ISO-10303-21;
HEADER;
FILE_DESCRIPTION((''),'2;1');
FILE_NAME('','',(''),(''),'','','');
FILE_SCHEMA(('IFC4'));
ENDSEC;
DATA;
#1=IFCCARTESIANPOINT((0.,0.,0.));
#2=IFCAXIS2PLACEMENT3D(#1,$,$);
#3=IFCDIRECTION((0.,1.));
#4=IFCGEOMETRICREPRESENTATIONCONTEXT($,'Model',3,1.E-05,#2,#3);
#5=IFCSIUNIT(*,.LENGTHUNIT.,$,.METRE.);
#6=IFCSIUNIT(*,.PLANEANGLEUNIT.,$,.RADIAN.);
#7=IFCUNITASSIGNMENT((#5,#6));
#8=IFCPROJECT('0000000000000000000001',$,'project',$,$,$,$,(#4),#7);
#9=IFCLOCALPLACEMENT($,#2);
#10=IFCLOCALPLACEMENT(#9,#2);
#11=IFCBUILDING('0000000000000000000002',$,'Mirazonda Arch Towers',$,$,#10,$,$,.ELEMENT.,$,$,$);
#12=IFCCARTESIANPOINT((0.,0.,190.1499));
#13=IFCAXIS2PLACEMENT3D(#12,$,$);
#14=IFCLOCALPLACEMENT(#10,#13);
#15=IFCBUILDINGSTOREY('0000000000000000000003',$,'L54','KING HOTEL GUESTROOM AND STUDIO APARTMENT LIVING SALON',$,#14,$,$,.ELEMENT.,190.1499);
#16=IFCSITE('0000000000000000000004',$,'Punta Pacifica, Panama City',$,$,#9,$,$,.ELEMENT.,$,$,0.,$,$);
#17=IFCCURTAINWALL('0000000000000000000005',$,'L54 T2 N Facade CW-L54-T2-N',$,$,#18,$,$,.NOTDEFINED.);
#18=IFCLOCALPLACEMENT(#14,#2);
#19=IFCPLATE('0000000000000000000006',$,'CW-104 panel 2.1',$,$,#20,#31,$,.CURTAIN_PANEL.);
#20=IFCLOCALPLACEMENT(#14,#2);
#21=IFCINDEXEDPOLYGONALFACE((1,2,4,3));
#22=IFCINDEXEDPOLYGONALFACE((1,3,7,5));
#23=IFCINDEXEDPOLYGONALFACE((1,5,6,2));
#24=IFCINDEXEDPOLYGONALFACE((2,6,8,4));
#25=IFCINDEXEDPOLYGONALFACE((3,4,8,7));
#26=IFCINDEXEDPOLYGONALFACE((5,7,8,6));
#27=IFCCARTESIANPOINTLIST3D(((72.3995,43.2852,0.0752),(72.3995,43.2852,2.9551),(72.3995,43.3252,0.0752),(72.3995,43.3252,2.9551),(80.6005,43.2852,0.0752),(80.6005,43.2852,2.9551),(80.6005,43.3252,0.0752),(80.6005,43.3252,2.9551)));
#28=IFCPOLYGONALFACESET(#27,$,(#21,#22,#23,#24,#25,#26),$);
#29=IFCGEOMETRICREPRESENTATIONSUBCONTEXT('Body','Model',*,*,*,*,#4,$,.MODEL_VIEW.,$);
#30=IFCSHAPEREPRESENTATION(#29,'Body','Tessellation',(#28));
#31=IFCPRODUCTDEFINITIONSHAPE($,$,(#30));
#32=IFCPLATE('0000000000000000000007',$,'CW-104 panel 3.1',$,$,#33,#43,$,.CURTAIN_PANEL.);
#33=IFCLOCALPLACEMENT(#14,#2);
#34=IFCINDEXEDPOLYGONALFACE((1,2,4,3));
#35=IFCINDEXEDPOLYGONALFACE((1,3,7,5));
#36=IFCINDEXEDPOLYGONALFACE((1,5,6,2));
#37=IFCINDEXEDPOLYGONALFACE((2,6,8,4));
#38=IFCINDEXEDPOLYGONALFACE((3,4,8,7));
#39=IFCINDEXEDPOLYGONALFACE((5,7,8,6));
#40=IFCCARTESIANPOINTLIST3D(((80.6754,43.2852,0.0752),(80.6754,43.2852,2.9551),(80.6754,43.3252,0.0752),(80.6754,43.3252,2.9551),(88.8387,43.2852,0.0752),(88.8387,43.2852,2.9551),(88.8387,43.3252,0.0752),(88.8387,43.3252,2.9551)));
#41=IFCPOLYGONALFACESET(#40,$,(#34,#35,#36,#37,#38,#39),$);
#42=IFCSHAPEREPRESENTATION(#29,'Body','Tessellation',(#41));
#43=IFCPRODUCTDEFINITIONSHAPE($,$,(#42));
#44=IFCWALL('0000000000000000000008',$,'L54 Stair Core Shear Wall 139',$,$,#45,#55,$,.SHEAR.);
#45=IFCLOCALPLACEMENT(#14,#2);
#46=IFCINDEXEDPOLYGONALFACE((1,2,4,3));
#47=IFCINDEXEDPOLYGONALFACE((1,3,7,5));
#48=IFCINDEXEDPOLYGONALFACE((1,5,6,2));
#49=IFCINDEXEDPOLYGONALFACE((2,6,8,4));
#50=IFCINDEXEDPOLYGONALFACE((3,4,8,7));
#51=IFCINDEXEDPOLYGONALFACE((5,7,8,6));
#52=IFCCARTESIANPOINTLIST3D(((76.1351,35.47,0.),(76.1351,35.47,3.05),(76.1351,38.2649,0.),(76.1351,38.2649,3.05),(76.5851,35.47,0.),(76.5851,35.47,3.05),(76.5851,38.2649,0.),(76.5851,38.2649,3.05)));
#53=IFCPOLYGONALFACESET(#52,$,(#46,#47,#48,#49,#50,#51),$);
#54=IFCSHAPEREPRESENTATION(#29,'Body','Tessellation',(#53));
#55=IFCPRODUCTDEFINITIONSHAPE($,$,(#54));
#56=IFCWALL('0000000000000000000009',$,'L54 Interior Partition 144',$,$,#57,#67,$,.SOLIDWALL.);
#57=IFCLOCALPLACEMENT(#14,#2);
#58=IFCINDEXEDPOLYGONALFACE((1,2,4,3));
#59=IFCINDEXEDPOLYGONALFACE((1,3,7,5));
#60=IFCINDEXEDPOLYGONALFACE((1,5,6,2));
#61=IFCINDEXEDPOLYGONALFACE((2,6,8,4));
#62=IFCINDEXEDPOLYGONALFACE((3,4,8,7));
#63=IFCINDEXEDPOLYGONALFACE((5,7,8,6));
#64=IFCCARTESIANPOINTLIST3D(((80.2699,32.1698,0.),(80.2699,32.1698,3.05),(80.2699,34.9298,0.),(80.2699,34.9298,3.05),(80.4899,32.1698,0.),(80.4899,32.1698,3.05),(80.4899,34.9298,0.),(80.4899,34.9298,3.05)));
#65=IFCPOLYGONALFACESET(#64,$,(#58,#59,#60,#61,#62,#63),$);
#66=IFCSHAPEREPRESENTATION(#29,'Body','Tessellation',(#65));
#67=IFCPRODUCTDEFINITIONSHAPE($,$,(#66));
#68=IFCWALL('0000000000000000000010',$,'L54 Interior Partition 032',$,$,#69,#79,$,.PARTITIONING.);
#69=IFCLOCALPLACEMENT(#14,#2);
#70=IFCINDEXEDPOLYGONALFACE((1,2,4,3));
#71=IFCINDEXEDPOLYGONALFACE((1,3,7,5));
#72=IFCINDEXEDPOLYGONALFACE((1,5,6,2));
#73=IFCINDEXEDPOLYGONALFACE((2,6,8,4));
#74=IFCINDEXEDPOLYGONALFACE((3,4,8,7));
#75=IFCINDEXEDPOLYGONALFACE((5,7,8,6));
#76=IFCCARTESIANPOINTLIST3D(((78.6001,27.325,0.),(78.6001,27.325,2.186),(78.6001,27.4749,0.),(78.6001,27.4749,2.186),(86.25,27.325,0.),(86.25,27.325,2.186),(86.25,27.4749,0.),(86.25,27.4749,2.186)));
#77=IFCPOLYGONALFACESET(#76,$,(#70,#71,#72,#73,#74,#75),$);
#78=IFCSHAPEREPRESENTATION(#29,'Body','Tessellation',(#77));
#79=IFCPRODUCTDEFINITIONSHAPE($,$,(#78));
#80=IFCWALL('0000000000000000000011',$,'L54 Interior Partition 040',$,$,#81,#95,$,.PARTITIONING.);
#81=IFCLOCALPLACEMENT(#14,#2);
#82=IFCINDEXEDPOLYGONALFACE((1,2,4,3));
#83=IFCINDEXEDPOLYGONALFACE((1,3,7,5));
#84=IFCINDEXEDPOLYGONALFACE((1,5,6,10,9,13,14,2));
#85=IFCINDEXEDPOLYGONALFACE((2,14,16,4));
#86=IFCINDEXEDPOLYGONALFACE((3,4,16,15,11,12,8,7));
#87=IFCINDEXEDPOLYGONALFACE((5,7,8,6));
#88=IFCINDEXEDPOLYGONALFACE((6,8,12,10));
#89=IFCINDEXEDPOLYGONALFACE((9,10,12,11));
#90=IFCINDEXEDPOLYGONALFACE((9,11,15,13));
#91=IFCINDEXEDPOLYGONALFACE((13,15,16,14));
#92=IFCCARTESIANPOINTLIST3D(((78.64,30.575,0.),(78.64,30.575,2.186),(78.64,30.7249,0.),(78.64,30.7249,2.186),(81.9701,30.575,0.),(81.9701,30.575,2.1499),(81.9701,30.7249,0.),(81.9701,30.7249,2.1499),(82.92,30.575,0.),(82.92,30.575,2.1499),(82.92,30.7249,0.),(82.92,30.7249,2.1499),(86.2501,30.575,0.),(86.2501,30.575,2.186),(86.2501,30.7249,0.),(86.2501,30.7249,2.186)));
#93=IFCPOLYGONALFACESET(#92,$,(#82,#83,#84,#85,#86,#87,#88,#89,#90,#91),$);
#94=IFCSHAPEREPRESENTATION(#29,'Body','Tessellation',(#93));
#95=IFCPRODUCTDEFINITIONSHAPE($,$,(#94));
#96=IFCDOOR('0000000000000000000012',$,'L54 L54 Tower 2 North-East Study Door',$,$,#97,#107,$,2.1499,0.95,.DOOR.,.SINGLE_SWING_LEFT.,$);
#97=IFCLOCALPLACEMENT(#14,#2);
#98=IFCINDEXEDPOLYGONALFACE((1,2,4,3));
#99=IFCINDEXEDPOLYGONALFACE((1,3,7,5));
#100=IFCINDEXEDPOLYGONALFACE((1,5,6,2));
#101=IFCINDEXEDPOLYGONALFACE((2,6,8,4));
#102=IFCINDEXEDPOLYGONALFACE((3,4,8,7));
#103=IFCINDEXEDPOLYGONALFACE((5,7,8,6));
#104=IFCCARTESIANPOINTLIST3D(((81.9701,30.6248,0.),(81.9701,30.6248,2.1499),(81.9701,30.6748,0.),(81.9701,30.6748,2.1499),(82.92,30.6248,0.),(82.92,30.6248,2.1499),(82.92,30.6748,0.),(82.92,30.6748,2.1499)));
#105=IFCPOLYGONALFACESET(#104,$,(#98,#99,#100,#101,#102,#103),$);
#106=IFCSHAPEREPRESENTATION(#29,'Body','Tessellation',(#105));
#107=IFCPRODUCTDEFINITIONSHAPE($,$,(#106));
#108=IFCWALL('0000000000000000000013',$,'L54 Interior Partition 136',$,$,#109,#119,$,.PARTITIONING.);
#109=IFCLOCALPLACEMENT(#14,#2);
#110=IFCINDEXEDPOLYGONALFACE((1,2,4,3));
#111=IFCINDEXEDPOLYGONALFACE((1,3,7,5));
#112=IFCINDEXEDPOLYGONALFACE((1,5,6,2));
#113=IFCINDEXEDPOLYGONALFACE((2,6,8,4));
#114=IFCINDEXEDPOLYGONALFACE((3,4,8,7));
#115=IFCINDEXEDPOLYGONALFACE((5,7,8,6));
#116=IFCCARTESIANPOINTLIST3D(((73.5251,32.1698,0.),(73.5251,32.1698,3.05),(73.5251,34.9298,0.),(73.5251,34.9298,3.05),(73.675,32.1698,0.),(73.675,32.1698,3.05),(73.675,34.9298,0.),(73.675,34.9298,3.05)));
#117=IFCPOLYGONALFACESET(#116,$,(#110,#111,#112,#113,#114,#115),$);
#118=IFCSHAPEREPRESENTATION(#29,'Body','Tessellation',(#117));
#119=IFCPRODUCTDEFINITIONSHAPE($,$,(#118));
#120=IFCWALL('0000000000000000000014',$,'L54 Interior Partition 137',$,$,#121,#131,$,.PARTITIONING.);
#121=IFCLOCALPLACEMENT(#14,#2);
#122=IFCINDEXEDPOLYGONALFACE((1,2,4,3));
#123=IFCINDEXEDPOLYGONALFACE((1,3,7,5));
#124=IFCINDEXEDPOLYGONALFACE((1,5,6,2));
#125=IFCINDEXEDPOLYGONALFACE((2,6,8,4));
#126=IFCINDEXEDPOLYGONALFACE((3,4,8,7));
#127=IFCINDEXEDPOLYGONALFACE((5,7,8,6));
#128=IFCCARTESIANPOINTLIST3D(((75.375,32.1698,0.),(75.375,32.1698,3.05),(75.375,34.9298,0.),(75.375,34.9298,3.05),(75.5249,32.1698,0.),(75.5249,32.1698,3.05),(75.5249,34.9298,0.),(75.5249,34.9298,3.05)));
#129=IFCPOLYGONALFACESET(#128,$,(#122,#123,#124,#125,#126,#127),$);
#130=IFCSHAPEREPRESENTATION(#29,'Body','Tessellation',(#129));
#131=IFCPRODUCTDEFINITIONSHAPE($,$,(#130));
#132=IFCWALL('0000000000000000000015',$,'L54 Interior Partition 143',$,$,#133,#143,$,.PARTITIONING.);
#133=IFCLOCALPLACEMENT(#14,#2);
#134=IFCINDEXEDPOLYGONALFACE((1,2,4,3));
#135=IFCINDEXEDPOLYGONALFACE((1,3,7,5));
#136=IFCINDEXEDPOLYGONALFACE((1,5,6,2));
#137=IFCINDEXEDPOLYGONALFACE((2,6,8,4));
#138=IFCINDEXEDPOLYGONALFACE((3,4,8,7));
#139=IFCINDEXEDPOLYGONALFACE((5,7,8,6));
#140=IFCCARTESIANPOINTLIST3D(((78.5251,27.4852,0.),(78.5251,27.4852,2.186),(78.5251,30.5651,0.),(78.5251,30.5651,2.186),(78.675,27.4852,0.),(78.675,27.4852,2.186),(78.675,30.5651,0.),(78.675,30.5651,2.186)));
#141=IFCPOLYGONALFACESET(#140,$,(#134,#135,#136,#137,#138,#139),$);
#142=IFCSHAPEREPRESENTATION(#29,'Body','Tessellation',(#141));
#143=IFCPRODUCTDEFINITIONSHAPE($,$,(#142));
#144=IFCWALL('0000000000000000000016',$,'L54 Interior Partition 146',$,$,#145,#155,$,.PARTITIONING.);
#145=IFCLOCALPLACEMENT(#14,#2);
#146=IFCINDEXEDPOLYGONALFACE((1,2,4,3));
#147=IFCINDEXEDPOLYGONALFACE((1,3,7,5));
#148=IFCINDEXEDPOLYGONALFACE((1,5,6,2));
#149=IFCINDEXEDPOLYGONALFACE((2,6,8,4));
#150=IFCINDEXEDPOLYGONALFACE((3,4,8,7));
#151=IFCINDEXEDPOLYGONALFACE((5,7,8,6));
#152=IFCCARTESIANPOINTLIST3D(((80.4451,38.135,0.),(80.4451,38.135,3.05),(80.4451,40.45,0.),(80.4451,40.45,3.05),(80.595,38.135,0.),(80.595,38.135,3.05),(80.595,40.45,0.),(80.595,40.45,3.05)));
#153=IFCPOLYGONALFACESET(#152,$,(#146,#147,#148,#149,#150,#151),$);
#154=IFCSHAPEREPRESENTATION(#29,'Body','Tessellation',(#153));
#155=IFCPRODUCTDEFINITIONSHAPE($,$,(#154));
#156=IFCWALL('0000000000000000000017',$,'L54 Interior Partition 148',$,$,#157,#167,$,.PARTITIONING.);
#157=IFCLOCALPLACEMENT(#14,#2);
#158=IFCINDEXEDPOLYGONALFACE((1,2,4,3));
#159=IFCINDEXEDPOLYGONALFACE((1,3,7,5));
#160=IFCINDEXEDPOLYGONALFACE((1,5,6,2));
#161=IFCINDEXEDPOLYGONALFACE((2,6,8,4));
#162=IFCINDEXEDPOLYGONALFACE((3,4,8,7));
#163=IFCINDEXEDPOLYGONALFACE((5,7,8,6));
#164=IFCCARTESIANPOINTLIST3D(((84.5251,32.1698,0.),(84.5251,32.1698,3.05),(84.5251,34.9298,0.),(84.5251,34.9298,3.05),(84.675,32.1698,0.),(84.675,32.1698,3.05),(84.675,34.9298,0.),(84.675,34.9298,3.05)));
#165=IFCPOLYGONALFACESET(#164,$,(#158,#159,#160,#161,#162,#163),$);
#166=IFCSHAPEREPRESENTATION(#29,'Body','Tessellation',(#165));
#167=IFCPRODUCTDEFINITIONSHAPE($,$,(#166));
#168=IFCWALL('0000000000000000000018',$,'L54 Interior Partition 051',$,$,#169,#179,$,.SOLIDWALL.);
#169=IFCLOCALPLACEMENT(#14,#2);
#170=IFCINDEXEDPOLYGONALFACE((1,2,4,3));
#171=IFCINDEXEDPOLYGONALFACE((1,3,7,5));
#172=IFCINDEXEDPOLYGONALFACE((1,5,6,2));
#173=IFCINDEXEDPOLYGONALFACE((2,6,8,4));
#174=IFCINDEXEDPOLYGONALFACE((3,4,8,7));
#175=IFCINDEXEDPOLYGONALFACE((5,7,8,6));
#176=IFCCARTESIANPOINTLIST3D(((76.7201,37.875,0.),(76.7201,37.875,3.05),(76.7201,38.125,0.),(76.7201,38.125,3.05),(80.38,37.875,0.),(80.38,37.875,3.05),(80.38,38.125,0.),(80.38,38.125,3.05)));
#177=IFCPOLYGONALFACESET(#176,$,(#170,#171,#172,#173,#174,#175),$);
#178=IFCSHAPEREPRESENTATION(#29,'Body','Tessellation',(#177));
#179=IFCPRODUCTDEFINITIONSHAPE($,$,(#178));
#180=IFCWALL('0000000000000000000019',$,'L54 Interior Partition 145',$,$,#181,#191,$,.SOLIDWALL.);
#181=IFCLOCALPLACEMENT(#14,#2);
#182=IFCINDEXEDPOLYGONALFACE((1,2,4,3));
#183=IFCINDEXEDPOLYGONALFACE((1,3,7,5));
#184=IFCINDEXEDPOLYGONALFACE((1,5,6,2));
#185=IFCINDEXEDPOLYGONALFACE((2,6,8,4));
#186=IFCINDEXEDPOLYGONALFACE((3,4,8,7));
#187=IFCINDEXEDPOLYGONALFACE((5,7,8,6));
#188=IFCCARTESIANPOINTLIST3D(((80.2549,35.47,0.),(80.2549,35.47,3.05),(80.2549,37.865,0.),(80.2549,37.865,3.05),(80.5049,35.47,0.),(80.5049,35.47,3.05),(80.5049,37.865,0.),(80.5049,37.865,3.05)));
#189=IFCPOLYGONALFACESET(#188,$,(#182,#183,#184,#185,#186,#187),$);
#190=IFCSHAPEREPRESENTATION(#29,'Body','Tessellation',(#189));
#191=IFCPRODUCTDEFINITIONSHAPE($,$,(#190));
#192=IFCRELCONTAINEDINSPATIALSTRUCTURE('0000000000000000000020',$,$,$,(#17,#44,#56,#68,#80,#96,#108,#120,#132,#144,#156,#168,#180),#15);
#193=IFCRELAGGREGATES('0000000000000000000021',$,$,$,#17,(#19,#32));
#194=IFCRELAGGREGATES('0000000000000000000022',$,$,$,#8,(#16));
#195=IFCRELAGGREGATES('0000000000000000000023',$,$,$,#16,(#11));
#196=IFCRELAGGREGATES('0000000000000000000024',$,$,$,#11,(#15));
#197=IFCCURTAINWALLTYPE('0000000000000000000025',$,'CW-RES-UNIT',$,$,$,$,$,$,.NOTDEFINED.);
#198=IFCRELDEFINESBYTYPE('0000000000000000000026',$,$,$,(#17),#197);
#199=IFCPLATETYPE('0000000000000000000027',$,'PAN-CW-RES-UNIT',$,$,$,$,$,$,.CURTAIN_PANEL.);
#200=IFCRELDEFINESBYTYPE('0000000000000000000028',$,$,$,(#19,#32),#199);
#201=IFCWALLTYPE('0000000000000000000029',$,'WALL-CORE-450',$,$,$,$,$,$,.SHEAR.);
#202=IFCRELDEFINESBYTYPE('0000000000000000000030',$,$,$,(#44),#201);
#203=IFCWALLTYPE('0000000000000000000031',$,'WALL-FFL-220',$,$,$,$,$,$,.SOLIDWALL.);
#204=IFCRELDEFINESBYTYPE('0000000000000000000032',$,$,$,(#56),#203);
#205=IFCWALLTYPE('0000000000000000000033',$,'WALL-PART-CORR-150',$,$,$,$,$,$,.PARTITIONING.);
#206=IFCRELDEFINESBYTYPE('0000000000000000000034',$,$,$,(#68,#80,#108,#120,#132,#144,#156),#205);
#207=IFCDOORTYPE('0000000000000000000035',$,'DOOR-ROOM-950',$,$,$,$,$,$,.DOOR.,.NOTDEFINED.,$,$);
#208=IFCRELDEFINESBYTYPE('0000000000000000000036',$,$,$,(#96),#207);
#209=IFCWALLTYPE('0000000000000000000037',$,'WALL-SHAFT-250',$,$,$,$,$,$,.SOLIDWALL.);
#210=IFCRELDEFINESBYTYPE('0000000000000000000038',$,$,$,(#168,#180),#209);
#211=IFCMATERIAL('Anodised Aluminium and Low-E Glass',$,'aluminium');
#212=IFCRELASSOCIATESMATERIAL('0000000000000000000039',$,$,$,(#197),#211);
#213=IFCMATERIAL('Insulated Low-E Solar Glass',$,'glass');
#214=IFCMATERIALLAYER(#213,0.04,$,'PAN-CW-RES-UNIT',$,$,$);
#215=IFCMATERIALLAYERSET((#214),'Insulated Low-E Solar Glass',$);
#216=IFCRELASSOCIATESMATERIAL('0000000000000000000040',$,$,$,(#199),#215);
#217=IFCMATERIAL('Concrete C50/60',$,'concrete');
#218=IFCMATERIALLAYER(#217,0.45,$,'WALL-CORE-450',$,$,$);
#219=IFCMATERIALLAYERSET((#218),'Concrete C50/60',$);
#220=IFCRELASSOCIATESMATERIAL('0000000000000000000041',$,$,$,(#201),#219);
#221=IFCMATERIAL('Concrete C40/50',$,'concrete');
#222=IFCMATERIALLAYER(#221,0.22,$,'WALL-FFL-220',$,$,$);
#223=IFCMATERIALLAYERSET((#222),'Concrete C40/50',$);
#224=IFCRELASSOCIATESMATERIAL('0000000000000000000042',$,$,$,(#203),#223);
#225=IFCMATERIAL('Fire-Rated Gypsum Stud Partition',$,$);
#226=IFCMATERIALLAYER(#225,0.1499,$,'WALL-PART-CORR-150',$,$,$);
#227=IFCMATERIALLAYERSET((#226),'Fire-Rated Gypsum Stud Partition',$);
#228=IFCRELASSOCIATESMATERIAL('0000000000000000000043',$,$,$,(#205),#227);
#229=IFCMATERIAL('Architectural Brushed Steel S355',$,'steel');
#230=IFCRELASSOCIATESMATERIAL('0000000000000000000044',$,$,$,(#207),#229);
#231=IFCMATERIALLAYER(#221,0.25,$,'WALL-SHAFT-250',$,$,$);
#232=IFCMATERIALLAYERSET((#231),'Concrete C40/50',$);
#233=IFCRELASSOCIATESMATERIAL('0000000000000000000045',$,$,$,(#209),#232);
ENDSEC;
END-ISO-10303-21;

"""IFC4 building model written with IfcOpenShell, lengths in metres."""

from ifc_helpers import new_model, si_unit, direction, frame, frame_2d, origin, origin_2d, place, context, subcontext, project, spatial, rectangle, extrude, material, layer, layer_set, type_object, element, fill, aggregate, save


model = new_model("IFC4")

# Units and contexts
model_context = context("Model", 3, precision=1e-05, world=origin(), true_north=direction((0.0, 1.0)))
body_context = subcontext(model_context, "Body", "Model", "MODEL_VIEW")
ifc_project = project(units=[si_unit("LENGTHUNIT", "METRE"), si_unit("PLANEANGLEUNIT", "RADIAN")], contexts=[model_context])

# Site, building, storey
site_placement = place(None, origin())
site = spatial("IfcSite", under=ifc_project, at=site_placement, Name="Punta Pacifica, Panama City", CompositionType="ELEMENT", RefElevation=0.0)
building_placement = place(site_placement, origin())
building = spatial("IfcBuilding", under=site, at=building_placement, Name="Mirazonda Arch Towers", CompositionType="ELEMENT")
storey_placement = place(building_placement, frame((0.0, 0.0, 190.1499)))
storey = spatial("IfcBuildingStorey", under=building, at=storey_placement, Name="L54", Description="KING HOTEL GUESTROOM AND STUDIO APARTMENT LIVING SALON", CompositionType="ELEMENT", Elevation=190.1499)

# Shared definitions
ifc_material_1 = material(Name="Concrete C50/60", Category="concrete")

# Curtain wall, plates
ifc_material_2 = material(Name="Anodised Aluminium and Low-E Glass", Category="aluminium")
curtain_wall_type = type_object("IfcCurtainWallType", Name="CW-RES-UNIT", PredefinedType="NOTDEFINED", material=ifc_material_2)
curtain_wall_placement = place(storey_placement, origin())
curtain_wall = element("IfcCurtainWall", 1, at=curtain_wall_placement, inside=storey, type_object=curtain_wall_type, Name="L54 T2 N Facade CW-L54-T2-N", PredefinedType="NOTDEFINED")
ifc_material_3 = material(Name="Insulated Low-E Solar Glass", Category="glass")
ifc_layer_1 = layer(ifc_material_3, 0.04, Name="PAN-CW-RES-UNIT")
ifc_layer_set_1 = layer_set([ifc_layer_1], Name="Insulated Low-E Solar Glass")
plate_type = type_object("IfcPlateType", Name="PAN-CW-RES-UNIT", PredefinedType="CURTAIN_PANEL", material=ifc_layer_set_1)
plate_1_placement = place(storey_placement, frame((76.5, 43.3052, 0.0752), z_axis=(0.0, 0.0, 1.0), x_axis=(1.0, 0.0, 0.0)))
plate_1 = element("IfcPlate", 2, at=plate_1_placement, type_object=plate_type, Name="CW-104 panel 2.1", PredefinedType="CURTAIN_PANEL", context=body_context, shape_type="SweptSolid", body=[
    extrude(rectangle(XDim=8.2009, YDim=0.04, at=origin_2d()), origin(), (0.0, 0.0, 1.0), 2.8799),
])
plate_2_placement = place(storey_placement, frame((84.7571, 43.3052, 0.0752), z_axis=(0.0, 0.0, 1.0), x_axis=(1.0, 0.0, 0.0)))
plate_2 = element("IfcPlate", 3, at=plate_2_placement, type_object=plate_type, Name="CW-104 panel 3.1", PredefinedType="CURTAIN_PANEL", context=body_context, shape_type="SweptSolid", body=[
    extrude(rectangle(XDim=8.1633, YDim=0.04, at=origin_2d()), origin(), (0.0, 0.0, 1.0), 2.8799),
])
aggregate(curtain_wall, [plate_1, plate_2])

# Walls
ifc_layer_2 = layer(ifc_material_1, 0.45, Name="WALL-CORE-450")
ifc_layer_set_2 = layer_set([ifc_layer_2], Name="Concrete C50/60")
wall_type_1 = type_object("IfcWallType", Name="WALL-CORE-450", PredefinedType="SHEAR", material=ifc_layer_set_2)
wall_1_placement = place(storey_placement, frame((76.3601, 35.47, 0.0), z_axis=(0.0, 0.0, 1.0), x_axis=(0.0, 1.0, 0.0)))
element("IfcWall", 4, at=wall_1_placement, inside=storey, type_object=wall_type_1, Name="L54 Stair Core Shear Wall 139", PredefinedType="SHEAR", context=body_context, shape_type="SweptSolid", body=[
    extrude(rectangle(XDim=2.7949, YDim=0.45, at=frame_2d((1.3975, 0.0))), origin(), (0.0, 0.0, 1.0), 3.05),
])
ifc_material_4 = material(Name="Concrete C40/50", Category="concrete")
ifc_layer_3 = layer(ifc_material_4, 0.22, Name="WALL-FFL-220")
ifc_layer_set_3 = layer_set([ifc_layer_3], Name="Concrete C40/50")
wall_type_2 = type_object("IfcWallType", Name="WALL-FFL-220", PredefinedType="SOLIDWALL", material=ifc_layer_set_3)
wall_2_placement = place(storey_placement, frame((80.3799, 32.1699, 0.0), z_axis=(0.0, 0.0, 1.0), x_axis=(0.0, 1.0, 0.0)))
element("IfcWall", 5, at=wall_2_placement, inside=storey, type_object=wall_type_2, Name="L54 Interior Partition 144", PredefinedType="SOLIDWALL", context=body_context, shape_type="SweptSolid", body=[
    extrude(rectangle(XDim=2.76, YDim=0.22, at=frame_2d((1.3799, 0.0))), origin(), (0.0, 0.0, 1.0), 3.05),
])
ifc_material_5 = material(Name="Fire-Rated Gypsum Stud Partition")
ifc_layer_4 = layer(ifc_material_5, 0.1499, Name="WALL-PART-CORR-150")
ifc_layer_set_4 = layer_set([ifc_layer_4], Name="Fire-Rated Gypsum Stud Partition")
wall_type_3 = type_object("IfcWallType", Name="WALL-PART-CORR-150", PredefinedType="PARTITIONING", material=ifc_layer_set_4)
wall_3_placement = place(storey_placement, frame((78.6001, 27.3999, 0.0), z_axis=(0.0, 0.0, 1.0), x_axis=(1.0, 0.0, 0.0)))
element("IfcWall", 6, at=wall_3_placement, inside=storey, type_object=wall_type_3, Name="L54 Interior Partition 032", PredefinedType="PARTITIONING", context=body_context, shape_type="SweptSolid", body=[
    extrude(rectangle(XDim=7.6499, YDim=0.1499, at=frame_2d((3.825, 0.0))), origin(), (0.0, 0.0, 1.0), 2.186),
])

# Wall, opening, door
wall_4_placement = place(storey_placement, frame((78.6399, 30.6499, 0.0), z_axis=(0.0, 0.0, 1.0), x_axis=(1.0, 0.0, 0.0)))
wall_4 = element("IfcWall", 7, at=wall_4_placement, inside=storey, type_object=wall_type_3, Name="L54 Interior Partition 040", PredefinedType="PARTITIONING", context=body_context, shape_type="SweptSolid", body=[
    extrude(rectangle(XDim=7.6101, YDim=0.1499, at=frame_2d((3.8052, 0.0))), origin(), (0.0, 0.0, 1.0), 2.186),
])
opening_placement = place(wall_4_placement, frame((3.3301, 0.0, 0.0)))
opening = element("IfcOpeningElement", 8, at=opening_placement, cuts=wall_4, PredefinedType="OPENING", context=body_context, shape_type="SweptSolid", body=[
    extrude(rectangle(XDim=0.95, YDim=2.1499, at=frame_2d((0.4751, 1.075))), frame((0.0, 0.085, 0.0), z_axis=(0.0, -1.0, 0.0), x_axis=(1.0, 0.0, 0.0)), (0.0, 0.0, 1.0), 0.1699),
])
ifc_material_6 = material(Name="Architectural Brushed Steel S355", Category="steel")
door_type = type_object("IfcDoorType", Name="DOOR-ROOM-950", OperationType="NOTDEFINED", PredefinedType="DOOR", material=ifc_material_6)
door_placement = place(opening_placement, origin())
door = element("IfcDoor", 9, at=door_placement, inside=storey, type_object=door_type, Name="L54 L54 Tower 2 North-East Study Door", OperationType="SINGLE_SWING_LEFT", OverallHeight=2.1499, OverallWidth=0.95, PredefinedType="DOOR", context=body_context, shape_type="SweptSolid", body=[
    extrude(rectangle(XDim=0.95, YDim=2.1499, at=frame_2d((0.4751, 1.075))), frame((0.0, 0.0249, 0.0), z_axis=(0.0, -1.0, 0.0), x_axis=(1.0, 0.0, 0.0)), (0.0, 0.0, 1.0), 0.05),
])
fill(opening, door)

# Walls
for number, where, z_axis, x_axis, name in (
    (10, (73.6001, 32.1699, 0.0), (0.0, 0.0, 1.0), (0.0, 1.0, 0.0), "L54 Interior Partition 136"),
    (11, (75.45, 32.1699, 0.0), (0.0, 0.0, 1.0), (0.0, 1.0, 0.0), "L54 Interior Partition 137"),
):
    element("IfcWall", number, at=place(storey_placement, frame(where, z_axis=z_axis, x_axis=x_axis)), inside=storey, type_object=wall_type_3, Name=name, PredefinedType="PARTITIONING", context=body_context, shape_type="SweptSolid", body=[
        extrude(rectangle(XDim=2.76, YDim=0.1499, at=frame_2d((1.3799, 0.0))), origin(), (0.0, 0.0, 1.0), 3.05),
    ])
wall_5_placement = place(storey_placement, frame((78.6001, 27.4851, 0.0), z_axis=(0.0, 0.0, 1.0), x_axis=(0.0, 1.0, 0.0)))
element("IfcWall", 12, at=wall_5_placement, inside=storey, type_object=wall_type_3, Name="L54 Interior Partition 143", PredefinedType="PARTITIONING", context=body_context, shape_type="SweptSolid", body=[
    extrude(rectangle(XDim=3.0798, YDim=0.1499, at=frame_2d((1.54, 0.0))), origin(), (0.0, 0.0, 1.0), 2.186),
])
wall_6_placement = place(storey_placement, frame((80.52, 38.135, 0.0), z_axis=(0.0, 0.0, 1.0), x_axis=(0.0, 1.0, 0.0)))
element("IfcWall", 13, at=wall_6_placement, inside=storey, type_object=wall_type_3, Name="L54 Interior Partition 146", PredefinedType="PARTITIONING", context=body_context, shape_type="SweptSolid", body=[
    extrude(rectangle(XDim=2.3149, YDim=0.1499, at=frame_2d((1.1575, 0.0))), origin(), (0.0, 0.0, 1.0), 3.05),
])
wall_7_placement = place(storey_placement, frame((84.6001, 32.1699, 0.0), z_axis=(0.0, 0.0, 1.0), x_axis=(0.0, 1.0, 0.0)))
element("IfcWall", 14, at=wall_7_placement, inside=storey, type_object=wall_type_3, Name="L54 Interior Partition 148", PredefinedType="PARTITIONING", context=body_context, shape_type="SweptSolid", body=[
    extrude(rectangle(XDim=2.76, YDim=0.1499, at=frame_2d((1.3799, 0.0))), origin(), (0.0, 0.0, 1.0), 3.05),
])
ifc_layer_5 = layer(ifc_material_4, 0.25, Name="WALL-SHAFT-250")
ifc_layer_set_5 = layer_set([ifc_layer_5], Name="Concrete C40/50")
wall_type_4 = type_object("IfcWallType", Name="WALL-SHAFT-250", PredefinedType="SOLIDWALL", material=ifc_layer_set_5)
wall_8_placement = place(storey_placement, frame((76.72, 38.0, 0.0), z_axis=(0.0, 0.0, 1.0), x_axis=(1.0, 0.0, 0.0)))
element("IfcWall", 15, at=wall_8_placement, inside=storey, type_object=wall_type_4, Name="L54 Interior Partition 051", PredefinedType="SOLIDWALL", context=body_context, shape_type="SweptSolid", body=[
    extrude(rectangle(XDim=3.6599, YDim=0.25, at=frame_2d((1.8301, 0.0))), origin(), (0.0, 0.0, 1.0), 3.05),
])
wall_9_placement = place(storey_placement, frame((80.3799, 35.47, 0.0), z_axis=(0.0, 0.0, 1.0), x_axis=(0.0, 1.0, 0.0)))
element("IfcWall", 16, at=wall_9_placement, inside=storey, type_object=wall_type_4, Name="L54 Interior Partition 145", PredefinedType="SOLIDWALL", context=body_context, shape_type="SweptSolid", body=[
    extrude(rectangle(XDim=2.395, YDim=0.25, at=frame_2d((1.1975, 0.0))), origin(), (0.0, 0.0, 1.0), 3.05),
])

save(model, "model.ifc")
